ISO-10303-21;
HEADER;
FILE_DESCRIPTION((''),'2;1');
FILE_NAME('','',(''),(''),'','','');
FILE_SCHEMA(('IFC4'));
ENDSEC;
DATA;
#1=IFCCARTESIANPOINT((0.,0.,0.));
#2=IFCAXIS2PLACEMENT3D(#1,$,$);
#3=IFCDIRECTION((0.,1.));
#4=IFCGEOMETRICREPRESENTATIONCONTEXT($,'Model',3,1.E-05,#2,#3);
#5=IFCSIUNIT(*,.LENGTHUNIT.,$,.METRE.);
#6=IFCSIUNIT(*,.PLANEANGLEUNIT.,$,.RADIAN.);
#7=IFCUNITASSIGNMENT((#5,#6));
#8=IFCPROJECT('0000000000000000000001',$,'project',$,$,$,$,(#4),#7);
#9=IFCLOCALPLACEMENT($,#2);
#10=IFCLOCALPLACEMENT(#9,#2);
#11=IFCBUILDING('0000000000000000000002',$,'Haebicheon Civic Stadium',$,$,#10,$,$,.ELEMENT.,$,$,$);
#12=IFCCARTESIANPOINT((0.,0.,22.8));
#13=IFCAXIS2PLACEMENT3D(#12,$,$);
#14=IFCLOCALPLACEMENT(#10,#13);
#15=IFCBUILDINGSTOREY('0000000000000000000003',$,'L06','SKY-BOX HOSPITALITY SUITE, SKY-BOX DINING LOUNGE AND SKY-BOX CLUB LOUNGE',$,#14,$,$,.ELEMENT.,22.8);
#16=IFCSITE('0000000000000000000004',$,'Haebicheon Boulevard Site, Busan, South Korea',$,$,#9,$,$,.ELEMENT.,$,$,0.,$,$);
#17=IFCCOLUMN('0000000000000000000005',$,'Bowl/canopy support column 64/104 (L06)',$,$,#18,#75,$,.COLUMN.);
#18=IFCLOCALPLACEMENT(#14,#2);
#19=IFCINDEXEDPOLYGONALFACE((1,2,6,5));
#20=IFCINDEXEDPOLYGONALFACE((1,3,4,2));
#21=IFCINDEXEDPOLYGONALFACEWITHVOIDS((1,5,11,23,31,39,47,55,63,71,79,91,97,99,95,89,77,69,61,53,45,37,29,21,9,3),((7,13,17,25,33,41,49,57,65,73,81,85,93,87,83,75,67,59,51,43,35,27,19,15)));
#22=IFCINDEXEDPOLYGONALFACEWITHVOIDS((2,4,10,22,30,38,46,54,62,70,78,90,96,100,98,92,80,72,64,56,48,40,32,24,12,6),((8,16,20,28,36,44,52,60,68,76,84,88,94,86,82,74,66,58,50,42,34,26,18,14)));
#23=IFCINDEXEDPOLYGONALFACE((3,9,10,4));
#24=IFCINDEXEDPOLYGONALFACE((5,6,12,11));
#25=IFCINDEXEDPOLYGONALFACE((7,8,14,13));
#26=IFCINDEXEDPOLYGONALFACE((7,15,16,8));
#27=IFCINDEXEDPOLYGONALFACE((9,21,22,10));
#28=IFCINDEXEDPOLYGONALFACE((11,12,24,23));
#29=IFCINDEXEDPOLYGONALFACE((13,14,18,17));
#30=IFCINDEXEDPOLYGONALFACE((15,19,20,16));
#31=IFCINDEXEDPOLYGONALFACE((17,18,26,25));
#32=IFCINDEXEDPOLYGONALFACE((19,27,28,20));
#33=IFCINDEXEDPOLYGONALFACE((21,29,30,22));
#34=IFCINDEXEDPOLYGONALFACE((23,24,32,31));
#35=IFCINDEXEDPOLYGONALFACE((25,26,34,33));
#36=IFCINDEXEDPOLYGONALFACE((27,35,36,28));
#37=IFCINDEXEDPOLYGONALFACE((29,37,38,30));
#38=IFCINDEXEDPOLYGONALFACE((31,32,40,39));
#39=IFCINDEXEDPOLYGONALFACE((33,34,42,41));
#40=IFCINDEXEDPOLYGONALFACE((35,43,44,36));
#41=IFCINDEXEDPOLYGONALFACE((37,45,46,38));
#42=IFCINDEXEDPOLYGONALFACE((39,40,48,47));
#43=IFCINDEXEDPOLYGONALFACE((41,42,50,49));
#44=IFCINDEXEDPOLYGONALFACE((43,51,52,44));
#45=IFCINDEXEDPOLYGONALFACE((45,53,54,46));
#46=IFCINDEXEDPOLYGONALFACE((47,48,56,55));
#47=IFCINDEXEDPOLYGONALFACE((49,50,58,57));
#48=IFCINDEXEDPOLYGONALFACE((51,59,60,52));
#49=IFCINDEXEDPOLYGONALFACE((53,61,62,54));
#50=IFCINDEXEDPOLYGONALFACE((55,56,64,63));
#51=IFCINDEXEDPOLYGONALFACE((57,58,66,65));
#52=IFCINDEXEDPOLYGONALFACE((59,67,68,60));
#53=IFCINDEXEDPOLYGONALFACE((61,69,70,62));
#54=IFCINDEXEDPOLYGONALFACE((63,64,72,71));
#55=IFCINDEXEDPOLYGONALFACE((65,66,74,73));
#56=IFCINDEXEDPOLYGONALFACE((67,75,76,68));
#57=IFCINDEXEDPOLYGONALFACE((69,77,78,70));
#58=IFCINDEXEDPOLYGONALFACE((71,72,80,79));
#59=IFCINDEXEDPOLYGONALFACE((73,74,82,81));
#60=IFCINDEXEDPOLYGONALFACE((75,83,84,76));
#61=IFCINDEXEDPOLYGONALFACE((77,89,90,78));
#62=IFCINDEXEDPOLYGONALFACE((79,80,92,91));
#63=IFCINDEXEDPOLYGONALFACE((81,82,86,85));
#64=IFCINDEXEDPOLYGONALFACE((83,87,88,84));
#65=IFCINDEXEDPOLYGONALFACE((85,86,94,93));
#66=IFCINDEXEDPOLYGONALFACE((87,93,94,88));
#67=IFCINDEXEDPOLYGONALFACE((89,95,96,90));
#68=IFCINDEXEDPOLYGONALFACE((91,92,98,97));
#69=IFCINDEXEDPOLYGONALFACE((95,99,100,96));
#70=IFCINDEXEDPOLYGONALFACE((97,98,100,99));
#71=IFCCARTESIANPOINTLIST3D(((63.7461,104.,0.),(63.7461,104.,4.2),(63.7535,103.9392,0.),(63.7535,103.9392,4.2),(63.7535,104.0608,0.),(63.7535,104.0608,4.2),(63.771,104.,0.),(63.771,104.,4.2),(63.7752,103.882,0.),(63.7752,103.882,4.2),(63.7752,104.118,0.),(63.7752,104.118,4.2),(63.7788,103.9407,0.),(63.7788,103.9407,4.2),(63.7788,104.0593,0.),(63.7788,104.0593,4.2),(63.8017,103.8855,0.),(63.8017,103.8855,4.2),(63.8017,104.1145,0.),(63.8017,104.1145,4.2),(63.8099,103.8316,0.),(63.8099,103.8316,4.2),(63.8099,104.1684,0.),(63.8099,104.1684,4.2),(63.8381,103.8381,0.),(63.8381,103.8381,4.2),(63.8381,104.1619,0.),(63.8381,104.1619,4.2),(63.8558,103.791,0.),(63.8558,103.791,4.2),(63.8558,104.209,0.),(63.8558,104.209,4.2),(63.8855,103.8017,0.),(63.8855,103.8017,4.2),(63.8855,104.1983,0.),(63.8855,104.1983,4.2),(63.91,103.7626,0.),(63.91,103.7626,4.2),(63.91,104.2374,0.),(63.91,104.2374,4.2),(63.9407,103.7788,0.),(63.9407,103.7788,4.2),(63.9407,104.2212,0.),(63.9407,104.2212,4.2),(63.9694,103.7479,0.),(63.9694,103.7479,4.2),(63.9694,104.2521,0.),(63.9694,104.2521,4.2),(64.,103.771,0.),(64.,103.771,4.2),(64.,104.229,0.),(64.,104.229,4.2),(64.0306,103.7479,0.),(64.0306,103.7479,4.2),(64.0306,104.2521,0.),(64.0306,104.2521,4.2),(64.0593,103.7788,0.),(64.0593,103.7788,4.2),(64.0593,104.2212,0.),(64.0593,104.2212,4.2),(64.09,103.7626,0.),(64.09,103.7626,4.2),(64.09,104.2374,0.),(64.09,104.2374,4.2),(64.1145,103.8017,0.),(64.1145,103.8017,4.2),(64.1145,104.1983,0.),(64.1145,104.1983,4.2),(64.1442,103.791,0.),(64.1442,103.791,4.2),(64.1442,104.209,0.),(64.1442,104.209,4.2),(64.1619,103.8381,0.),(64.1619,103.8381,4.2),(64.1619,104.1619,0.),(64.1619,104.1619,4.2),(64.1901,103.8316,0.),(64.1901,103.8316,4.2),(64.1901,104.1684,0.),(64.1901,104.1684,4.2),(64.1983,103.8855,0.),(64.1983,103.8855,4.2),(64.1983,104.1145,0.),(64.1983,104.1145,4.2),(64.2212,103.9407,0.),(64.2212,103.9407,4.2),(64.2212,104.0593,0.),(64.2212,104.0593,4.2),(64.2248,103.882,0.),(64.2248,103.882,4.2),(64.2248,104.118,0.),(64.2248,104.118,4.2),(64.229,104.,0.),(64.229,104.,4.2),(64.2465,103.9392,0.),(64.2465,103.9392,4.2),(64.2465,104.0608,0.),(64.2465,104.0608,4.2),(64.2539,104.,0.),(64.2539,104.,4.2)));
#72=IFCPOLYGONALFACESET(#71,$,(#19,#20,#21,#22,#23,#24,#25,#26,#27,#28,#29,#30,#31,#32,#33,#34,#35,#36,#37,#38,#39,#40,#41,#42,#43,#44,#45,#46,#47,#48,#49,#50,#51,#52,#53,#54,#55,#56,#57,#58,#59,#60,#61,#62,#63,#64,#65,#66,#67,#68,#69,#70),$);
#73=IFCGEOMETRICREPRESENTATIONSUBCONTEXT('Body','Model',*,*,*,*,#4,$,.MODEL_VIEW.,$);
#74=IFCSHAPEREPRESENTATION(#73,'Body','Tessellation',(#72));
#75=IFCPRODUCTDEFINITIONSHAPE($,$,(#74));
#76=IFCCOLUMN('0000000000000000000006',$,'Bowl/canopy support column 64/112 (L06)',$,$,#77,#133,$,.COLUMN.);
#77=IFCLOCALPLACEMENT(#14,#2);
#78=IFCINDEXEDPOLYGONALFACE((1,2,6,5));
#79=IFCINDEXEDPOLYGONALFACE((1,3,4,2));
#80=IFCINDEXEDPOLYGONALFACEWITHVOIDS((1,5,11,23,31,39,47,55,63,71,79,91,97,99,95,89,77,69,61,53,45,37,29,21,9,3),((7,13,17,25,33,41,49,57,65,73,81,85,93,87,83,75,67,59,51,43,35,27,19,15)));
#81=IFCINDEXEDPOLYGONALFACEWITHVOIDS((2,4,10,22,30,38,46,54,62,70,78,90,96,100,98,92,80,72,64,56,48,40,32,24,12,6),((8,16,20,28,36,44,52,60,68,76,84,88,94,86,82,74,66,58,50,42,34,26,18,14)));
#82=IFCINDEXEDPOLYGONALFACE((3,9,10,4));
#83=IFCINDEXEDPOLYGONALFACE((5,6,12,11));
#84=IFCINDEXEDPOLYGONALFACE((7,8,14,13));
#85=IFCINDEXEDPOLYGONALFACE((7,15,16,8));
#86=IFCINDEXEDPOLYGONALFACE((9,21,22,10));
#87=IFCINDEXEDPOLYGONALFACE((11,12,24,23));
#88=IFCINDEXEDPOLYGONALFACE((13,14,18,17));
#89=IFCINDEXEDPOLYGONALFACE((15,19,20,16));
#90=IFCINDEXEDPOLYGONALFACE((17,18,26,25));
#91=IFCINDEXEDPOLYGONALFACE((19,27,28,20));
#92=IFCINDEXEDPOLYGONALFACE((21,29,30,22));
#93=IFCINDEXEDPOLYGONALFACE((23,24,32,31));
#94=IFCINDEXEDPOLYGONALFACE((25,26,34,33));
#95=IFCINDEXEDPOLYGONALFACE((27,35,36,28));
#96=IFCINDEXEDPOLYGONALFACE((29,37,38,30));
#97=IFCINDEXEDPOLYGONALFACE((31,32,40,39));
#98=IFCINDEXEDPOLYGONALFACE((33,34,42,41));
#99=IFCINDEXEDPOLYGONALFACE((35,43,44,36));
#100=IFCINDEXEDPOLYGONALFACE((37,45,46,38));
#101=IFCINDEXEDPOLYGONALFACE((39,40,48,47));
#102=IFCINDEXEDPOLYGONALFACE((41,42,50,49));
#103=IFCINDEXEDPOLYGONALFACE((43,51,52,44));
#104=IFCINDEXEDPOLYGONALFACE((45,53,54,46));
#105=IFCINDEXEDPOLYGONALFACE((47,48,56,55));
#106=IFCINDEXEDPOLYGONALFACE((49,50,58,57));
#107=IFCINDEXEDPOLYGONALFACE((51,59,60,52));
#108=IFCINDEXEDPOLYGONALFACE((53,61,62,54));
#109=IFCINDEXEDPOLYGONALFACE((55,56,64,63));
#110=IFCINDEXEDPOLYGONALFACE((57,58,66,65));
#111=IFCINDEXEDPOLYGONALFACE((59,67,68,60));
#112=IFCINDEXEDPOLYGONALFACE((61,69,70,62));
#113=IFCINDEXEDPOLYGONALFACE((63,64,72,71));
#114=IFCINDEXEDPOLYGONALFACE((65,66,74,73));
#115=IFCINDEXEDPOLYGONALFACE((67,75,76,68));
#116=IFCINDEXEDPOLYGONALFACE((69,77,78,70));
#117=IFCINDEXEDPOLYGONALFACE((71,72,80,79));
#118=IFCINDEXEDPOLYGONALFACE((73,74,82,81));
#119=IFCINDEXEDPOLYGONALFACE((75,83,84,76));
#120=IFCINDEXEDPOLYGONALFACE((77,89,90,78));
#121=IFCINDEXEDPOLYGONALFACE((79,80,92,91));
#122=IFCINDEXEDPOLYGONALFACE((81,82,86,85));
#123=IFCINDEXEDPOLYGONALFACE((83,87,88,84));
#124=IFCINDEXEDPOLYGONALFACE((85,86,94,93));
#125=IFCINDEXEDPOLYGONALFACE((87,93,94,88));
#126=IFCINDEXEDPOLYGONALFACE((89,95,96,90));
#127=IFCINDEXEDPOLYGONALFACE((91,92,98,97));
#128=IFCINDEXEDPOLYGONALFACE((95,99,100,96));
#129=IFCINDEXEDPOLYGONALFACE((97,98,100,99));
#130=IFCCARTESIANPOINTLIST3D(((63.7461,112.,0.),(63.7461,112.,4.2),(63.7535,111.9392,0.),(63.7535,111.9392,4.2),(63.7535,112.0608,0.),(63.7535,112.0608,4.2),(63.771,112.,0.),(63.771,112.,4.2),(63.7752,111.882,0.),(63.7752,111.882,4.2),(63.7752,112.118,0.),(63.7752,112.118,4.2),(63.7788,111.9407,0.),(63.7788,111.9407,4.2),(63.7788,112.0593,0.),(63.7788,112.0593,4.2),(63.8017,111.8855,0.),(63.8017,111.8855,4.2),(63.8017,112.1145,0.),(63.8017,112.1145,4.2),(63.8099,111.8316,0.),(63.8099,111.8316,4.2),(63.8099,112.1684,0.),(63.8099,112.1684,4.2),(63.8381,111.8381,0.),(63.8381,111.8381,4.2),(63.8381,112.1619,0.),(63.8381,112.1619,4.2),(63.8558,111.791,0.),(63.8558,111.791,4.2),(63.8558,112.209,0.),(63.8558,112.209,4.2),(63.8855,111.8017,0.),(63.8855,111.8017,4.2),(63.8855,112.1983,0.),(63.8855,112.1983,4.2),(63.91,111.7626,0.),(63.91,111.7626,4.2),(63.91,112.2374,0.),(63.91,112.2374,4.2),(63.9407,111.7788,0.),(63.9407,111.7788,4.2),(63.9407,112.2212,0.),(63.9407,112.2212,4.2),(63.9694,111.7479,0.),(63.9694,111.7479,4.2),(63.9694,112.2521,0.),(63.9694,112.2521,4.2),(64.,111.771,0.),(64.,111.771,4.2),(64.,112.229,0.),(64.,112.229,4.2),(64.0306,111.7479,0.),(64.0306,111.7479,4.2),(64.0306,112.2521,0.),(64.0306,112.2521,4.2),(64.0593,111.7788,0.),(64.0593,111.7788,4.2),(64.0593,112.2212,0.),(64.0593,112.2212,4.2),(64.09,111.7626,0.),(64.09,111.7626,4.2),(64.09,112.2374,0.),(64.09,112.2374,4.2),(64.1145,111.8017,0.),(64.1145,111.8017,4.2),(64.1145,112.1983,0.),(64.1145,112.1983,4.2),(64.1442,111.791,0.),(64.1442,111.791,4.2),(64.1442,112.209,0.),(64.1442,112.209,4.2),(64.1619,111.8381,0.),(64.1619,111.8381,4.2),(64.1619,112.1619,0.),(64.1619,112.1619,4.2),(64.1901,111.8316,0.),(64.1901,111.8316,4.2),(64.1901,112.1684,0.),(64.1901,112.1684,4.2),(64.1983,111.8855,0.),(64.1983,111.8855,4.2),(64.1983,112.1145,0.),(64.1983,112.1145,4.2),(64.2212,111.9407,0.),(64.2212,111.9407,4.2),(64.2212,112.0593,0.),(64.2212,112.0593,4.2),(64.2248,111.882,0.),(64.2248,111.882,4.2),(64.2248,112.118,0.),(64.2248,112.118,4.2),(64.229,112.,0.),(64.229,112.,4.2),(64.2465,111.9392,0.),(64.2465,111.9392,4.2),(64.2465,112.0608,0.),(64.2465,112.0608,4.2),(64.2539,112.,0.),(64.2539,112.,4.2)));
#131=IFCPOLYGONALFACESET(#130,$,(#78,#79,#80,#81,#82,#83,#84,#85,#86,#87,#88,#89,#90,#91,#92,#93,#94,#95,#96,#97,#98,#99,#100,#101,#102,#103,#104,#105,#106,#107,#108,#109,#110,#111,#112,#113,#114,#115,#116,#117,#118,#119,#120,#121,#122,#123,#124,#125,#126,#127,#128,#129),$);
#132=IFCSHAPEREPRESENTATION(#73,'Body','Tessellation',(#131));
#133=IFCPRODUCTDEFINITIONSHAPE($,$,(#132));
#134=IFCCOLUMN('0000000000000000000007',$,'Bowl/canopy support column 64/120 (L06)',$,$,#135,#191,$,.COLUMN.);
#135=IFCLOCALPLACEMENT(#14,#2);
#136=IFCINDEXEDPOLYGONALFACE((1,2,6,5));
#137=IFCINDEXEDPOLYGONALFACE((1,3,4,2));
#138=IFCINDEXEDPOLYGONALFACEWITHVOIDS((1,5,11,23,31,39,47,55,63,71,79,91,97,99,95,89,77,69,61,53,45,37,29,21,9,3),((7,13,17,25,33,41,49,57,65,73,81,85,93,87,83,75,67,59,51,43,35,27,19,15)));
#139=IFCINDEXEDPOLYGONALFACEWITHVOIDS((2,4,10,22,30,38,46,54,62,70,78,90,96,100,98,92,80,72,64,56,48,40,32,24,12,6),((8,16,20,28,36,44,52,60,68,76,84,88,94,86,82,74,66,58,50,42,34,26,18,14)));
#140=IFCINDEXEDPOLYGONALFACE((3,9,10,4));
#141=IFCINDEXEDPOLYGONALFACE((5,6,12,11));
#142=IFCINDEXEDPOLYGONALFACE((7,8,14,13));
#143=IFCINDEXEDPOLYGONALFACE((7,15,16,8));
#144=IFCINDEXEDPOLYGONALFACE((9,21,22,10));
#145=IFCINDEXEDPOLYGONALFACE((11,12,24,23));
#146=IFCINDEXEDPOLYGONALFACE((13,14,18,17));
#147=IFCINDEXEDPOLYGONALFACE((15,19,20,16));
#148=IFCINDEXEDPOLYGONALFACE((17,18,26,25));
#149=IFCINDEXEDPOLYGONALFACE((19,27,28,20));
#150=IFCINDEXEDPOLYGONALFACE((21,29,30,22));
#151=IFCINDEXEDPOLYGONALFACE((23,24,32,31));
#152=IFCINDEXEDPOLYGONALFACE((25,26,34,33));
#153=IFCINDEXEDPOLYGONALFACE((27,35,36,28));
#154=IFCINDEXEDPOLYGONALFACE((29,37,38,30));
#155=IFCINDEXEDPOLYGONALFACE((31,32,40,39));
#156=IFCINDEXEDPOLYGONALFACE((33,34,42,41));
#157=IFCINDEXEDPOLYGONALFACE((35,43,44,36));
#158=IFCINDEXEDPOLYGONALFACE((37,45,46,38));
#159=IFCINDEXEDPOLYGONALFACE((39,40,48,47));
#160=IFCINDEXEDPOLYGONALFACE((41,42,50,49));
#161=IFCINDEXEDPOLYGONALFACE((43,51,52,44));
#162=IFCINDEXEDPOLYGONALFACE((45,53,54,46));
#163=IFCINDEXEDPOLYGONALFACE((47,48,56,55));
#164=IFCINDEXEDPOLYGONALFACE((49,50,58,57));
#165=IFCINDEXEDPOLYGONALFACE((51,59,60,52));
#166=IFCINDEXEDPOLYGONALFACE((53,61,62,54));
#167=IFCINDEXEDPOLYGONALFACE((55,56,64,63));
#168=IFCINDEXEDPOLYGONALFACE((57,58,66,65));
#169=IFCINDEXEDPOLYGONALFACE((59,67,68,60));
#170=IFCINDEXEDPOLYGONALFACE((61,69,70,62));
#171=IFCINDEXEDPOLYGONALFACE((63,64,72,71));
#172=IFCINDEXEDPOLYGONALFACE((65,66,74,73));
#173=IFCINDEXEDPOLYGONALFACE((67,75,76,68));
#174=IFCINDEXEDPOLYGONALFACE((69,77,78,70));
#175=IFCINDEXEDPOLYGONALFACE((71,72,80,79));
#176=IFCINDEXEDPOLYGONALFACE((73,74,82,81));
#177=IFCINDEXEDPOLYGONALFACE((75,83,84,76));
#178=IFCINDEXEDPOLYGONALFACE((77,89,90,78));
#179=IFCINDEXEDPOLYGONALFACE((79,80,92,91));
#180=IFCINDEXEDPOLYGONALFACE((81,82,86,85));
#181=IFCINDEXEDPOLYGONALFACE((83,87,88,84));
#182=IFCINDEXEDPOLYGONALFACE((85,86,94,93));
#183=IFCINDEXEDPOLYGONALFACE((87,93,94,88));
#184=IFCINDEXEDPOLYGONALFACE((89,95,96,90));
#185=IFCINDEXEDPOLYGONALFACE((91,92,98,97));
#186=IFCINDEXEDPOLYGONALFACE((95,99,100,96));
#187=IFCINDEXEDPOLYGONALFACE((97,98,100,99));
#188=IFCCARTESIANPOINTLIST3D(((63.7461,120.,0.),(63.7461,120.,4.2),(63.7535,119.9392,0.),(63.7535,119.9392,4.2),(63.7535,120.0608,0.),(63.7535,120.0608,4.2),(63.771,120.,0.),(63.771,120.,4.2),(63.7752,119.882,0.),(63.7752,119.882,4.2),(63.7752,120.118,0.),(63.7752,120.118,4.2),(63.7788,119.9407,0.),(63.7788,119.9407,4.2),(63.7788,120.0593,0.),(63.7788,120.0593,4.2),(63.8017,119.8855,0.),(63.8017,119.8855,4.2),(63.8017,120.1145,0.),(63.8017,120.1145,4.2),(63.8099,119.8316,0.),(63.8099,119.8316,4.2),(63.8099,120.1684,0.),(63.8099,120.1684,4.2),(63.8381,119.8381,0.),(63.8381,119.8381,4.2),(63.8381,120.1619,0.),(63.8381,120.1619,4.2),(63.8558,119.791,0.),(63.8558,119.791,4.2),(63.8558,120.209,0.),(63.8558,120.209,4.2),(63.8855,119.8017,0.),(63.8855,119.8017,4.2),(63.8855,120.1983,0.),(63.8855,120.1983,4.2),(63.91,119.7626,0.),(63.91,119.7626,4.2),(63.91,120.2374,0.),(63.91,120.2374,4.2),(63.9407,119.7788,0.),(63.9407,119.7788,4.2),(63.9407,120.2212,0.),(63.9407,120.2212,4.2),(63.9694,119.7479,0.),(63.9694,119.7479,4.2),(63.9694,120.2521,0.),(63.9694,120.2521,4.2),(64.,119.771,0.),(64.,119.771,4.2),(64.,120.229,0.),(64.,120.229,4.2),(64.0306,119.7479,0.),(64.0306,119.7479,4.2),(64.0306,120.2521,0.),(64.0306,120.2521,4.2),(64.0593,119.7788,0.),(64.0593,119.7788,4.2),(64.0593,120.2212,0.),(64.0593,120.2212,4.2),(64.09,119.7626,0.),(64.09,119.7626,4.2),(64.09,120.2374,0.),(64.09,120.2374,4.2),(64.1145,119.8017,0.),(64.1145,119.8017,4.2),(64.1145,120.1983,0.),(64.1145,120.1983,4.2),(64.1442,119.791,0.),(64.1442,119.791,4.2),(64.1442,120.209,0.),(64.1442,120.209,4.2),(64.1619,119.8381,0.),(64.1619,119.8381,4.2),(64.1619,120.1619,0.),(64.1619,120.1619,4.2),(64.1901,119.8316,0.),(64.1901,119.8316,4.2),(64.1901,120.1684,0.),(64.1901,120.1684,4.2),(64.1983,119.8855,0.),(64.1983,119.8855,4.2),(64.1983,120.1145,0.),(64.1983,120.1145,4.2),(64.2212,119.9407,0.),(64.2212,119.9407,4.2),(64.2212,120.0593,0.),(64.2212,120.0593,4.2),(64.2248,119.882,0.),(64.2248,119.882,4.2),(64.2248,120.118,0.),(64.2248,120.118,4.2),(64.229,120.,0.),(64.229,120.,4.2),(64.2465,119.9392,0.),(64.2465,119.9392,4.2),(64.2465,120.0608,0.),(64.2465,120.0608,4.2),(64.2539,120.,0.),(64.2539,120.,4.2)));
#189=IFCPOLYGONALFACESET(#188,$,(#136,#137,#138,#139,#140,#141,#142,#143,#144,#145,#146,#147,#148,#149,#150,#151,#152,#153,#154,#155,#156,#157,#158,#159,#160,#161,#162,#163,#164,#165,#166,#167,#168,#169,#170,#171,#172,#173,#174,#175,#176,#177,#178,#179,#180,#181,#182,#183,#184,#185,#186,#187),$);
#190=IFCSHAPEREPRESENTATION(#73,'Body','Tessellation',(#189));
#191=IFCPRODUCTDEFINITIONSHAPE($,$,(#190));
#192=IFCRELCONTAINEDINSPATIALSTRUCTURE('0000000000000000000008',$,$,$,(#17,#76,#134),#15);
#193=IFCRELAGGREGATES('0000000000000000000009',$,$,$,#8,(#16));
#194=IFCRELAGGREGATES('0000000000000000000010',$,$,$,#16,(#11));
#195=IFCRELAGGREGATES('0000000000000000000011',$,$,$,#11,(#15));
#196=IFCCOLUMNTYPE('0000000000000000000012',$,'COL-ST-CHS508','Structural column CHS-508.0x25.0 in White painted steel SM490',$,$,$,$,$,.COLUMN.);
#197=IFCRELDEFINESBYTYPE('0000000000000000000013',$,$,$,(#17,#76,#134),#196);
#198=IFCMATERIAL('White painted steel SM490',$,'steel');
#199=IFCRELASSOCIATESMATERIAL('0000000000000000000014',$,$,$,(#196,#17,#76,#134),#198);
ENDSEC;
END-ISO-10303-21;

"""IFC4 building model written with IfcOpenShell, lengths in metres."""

from ifc_helpers import new_model, si_unit, direction, frame, origin, origin_2d, place, context, subcontext, project, spatial, hollow_circle, extrude, material, material_profile, profile_set, type_object, element, save


model = new_model("IFC4")

# Units and contexts
model_context = context("Model", 3, precision=1e-05, world=origin(), true_north=direction((0.0, 1.0)))
body_context = subcontext(model_context, "Body", "Model", "MODEL_VIEW")
ifc_project = project(units=[si_unit("LENGTHUNIT", "METRE"), si_unit("PLANEANGLEUNIT", "RADIAN")], contexts=[model_context])

# Site, building, storey
site_placement = place(None, origin())
site = spatial("IfcSite", under=ifc_project, at=site_placement, Name="Haebicheon Boulevard Site, Busan, South Korea", CompositionType="ELEMENT", RefElevation=0.0)
building_placement = place(site_placement, origin())
building = spatial("IfcBuilding", under=site, at=building_placement, Name="Haebicheon Civic Stadium", CompositionType="ELEMENT")
storey_placement = place(building_placement, frame((0.0, 0.0, 22.8)))
storey = spatial("IfcBuildingStorey", under=building, at=storey_placement, Name="L06", Description="SKY-BOX HOSPITALITY SUITE, SKY-BOX DINING LOUNGE AND SKY-BOX CLUB LOUNGE", CompositionType="ELEMENT", Elevation=22.8)

# Columns
ifc_material_1 = material(Name="White painted steel SM490", Category="steel")
ifc_material_profile_1 = material_profile(ifc_material_1, hollow_circle(Radius=0.2539, WallThickness=0.0249, at=origin_2d()), Name="CHS-508.0x25.0")
ifc_profile_set_1 = profile_set([ifc_material_profile_1], Name="White painted steel SM490")
column_type_1 = type_object("IfcColumnType", Name="COL-ST-CHS508", Description="Structural column CHS-508.0x25.0 in White painted steel SM490", PredefinedType="COLUMN", material=ifc_profile_set_1)
for number, where, z_axis, x_axis, name in (
    (1, (64.0, 104.0, 0.0), (0.0, 0.0, 1.0), (1.0, 0.0, 0.0), "Bowl/canopy support column 64/104 (L06)"),
    (2, (64.0, 112.0, 0.0), (0.0, 0.0, 1.0), (1.0, 0.0, 0.0), "Bowl/canopy support column 64/112 (L06)"),
    (3, (64.0, 120.0, 0.0), (0.0, 0.0, 1.0), (1.0, 0.0, 0.0), "Bowl/canopy support column 64/120 (L06)"),
):
    element("IfcColumn", number, at=place(storey_placement, frame(where, z_axis=z_axis, x_axis=x_axis)), inside=storey, type_object=column_type_1, material=ifc_profile_set_1, Name=name, PredefinedType="COLUMN", context=body_context, shape_type="SweptSolid", body=[
        extrude(hollow_circle(Radius=0.2539, WallThickness=0.0249, at=origin_2d()), origin(), (0.0, 0.0, 1.0), 4.2),
    ])

save(model, "model.ifc")
